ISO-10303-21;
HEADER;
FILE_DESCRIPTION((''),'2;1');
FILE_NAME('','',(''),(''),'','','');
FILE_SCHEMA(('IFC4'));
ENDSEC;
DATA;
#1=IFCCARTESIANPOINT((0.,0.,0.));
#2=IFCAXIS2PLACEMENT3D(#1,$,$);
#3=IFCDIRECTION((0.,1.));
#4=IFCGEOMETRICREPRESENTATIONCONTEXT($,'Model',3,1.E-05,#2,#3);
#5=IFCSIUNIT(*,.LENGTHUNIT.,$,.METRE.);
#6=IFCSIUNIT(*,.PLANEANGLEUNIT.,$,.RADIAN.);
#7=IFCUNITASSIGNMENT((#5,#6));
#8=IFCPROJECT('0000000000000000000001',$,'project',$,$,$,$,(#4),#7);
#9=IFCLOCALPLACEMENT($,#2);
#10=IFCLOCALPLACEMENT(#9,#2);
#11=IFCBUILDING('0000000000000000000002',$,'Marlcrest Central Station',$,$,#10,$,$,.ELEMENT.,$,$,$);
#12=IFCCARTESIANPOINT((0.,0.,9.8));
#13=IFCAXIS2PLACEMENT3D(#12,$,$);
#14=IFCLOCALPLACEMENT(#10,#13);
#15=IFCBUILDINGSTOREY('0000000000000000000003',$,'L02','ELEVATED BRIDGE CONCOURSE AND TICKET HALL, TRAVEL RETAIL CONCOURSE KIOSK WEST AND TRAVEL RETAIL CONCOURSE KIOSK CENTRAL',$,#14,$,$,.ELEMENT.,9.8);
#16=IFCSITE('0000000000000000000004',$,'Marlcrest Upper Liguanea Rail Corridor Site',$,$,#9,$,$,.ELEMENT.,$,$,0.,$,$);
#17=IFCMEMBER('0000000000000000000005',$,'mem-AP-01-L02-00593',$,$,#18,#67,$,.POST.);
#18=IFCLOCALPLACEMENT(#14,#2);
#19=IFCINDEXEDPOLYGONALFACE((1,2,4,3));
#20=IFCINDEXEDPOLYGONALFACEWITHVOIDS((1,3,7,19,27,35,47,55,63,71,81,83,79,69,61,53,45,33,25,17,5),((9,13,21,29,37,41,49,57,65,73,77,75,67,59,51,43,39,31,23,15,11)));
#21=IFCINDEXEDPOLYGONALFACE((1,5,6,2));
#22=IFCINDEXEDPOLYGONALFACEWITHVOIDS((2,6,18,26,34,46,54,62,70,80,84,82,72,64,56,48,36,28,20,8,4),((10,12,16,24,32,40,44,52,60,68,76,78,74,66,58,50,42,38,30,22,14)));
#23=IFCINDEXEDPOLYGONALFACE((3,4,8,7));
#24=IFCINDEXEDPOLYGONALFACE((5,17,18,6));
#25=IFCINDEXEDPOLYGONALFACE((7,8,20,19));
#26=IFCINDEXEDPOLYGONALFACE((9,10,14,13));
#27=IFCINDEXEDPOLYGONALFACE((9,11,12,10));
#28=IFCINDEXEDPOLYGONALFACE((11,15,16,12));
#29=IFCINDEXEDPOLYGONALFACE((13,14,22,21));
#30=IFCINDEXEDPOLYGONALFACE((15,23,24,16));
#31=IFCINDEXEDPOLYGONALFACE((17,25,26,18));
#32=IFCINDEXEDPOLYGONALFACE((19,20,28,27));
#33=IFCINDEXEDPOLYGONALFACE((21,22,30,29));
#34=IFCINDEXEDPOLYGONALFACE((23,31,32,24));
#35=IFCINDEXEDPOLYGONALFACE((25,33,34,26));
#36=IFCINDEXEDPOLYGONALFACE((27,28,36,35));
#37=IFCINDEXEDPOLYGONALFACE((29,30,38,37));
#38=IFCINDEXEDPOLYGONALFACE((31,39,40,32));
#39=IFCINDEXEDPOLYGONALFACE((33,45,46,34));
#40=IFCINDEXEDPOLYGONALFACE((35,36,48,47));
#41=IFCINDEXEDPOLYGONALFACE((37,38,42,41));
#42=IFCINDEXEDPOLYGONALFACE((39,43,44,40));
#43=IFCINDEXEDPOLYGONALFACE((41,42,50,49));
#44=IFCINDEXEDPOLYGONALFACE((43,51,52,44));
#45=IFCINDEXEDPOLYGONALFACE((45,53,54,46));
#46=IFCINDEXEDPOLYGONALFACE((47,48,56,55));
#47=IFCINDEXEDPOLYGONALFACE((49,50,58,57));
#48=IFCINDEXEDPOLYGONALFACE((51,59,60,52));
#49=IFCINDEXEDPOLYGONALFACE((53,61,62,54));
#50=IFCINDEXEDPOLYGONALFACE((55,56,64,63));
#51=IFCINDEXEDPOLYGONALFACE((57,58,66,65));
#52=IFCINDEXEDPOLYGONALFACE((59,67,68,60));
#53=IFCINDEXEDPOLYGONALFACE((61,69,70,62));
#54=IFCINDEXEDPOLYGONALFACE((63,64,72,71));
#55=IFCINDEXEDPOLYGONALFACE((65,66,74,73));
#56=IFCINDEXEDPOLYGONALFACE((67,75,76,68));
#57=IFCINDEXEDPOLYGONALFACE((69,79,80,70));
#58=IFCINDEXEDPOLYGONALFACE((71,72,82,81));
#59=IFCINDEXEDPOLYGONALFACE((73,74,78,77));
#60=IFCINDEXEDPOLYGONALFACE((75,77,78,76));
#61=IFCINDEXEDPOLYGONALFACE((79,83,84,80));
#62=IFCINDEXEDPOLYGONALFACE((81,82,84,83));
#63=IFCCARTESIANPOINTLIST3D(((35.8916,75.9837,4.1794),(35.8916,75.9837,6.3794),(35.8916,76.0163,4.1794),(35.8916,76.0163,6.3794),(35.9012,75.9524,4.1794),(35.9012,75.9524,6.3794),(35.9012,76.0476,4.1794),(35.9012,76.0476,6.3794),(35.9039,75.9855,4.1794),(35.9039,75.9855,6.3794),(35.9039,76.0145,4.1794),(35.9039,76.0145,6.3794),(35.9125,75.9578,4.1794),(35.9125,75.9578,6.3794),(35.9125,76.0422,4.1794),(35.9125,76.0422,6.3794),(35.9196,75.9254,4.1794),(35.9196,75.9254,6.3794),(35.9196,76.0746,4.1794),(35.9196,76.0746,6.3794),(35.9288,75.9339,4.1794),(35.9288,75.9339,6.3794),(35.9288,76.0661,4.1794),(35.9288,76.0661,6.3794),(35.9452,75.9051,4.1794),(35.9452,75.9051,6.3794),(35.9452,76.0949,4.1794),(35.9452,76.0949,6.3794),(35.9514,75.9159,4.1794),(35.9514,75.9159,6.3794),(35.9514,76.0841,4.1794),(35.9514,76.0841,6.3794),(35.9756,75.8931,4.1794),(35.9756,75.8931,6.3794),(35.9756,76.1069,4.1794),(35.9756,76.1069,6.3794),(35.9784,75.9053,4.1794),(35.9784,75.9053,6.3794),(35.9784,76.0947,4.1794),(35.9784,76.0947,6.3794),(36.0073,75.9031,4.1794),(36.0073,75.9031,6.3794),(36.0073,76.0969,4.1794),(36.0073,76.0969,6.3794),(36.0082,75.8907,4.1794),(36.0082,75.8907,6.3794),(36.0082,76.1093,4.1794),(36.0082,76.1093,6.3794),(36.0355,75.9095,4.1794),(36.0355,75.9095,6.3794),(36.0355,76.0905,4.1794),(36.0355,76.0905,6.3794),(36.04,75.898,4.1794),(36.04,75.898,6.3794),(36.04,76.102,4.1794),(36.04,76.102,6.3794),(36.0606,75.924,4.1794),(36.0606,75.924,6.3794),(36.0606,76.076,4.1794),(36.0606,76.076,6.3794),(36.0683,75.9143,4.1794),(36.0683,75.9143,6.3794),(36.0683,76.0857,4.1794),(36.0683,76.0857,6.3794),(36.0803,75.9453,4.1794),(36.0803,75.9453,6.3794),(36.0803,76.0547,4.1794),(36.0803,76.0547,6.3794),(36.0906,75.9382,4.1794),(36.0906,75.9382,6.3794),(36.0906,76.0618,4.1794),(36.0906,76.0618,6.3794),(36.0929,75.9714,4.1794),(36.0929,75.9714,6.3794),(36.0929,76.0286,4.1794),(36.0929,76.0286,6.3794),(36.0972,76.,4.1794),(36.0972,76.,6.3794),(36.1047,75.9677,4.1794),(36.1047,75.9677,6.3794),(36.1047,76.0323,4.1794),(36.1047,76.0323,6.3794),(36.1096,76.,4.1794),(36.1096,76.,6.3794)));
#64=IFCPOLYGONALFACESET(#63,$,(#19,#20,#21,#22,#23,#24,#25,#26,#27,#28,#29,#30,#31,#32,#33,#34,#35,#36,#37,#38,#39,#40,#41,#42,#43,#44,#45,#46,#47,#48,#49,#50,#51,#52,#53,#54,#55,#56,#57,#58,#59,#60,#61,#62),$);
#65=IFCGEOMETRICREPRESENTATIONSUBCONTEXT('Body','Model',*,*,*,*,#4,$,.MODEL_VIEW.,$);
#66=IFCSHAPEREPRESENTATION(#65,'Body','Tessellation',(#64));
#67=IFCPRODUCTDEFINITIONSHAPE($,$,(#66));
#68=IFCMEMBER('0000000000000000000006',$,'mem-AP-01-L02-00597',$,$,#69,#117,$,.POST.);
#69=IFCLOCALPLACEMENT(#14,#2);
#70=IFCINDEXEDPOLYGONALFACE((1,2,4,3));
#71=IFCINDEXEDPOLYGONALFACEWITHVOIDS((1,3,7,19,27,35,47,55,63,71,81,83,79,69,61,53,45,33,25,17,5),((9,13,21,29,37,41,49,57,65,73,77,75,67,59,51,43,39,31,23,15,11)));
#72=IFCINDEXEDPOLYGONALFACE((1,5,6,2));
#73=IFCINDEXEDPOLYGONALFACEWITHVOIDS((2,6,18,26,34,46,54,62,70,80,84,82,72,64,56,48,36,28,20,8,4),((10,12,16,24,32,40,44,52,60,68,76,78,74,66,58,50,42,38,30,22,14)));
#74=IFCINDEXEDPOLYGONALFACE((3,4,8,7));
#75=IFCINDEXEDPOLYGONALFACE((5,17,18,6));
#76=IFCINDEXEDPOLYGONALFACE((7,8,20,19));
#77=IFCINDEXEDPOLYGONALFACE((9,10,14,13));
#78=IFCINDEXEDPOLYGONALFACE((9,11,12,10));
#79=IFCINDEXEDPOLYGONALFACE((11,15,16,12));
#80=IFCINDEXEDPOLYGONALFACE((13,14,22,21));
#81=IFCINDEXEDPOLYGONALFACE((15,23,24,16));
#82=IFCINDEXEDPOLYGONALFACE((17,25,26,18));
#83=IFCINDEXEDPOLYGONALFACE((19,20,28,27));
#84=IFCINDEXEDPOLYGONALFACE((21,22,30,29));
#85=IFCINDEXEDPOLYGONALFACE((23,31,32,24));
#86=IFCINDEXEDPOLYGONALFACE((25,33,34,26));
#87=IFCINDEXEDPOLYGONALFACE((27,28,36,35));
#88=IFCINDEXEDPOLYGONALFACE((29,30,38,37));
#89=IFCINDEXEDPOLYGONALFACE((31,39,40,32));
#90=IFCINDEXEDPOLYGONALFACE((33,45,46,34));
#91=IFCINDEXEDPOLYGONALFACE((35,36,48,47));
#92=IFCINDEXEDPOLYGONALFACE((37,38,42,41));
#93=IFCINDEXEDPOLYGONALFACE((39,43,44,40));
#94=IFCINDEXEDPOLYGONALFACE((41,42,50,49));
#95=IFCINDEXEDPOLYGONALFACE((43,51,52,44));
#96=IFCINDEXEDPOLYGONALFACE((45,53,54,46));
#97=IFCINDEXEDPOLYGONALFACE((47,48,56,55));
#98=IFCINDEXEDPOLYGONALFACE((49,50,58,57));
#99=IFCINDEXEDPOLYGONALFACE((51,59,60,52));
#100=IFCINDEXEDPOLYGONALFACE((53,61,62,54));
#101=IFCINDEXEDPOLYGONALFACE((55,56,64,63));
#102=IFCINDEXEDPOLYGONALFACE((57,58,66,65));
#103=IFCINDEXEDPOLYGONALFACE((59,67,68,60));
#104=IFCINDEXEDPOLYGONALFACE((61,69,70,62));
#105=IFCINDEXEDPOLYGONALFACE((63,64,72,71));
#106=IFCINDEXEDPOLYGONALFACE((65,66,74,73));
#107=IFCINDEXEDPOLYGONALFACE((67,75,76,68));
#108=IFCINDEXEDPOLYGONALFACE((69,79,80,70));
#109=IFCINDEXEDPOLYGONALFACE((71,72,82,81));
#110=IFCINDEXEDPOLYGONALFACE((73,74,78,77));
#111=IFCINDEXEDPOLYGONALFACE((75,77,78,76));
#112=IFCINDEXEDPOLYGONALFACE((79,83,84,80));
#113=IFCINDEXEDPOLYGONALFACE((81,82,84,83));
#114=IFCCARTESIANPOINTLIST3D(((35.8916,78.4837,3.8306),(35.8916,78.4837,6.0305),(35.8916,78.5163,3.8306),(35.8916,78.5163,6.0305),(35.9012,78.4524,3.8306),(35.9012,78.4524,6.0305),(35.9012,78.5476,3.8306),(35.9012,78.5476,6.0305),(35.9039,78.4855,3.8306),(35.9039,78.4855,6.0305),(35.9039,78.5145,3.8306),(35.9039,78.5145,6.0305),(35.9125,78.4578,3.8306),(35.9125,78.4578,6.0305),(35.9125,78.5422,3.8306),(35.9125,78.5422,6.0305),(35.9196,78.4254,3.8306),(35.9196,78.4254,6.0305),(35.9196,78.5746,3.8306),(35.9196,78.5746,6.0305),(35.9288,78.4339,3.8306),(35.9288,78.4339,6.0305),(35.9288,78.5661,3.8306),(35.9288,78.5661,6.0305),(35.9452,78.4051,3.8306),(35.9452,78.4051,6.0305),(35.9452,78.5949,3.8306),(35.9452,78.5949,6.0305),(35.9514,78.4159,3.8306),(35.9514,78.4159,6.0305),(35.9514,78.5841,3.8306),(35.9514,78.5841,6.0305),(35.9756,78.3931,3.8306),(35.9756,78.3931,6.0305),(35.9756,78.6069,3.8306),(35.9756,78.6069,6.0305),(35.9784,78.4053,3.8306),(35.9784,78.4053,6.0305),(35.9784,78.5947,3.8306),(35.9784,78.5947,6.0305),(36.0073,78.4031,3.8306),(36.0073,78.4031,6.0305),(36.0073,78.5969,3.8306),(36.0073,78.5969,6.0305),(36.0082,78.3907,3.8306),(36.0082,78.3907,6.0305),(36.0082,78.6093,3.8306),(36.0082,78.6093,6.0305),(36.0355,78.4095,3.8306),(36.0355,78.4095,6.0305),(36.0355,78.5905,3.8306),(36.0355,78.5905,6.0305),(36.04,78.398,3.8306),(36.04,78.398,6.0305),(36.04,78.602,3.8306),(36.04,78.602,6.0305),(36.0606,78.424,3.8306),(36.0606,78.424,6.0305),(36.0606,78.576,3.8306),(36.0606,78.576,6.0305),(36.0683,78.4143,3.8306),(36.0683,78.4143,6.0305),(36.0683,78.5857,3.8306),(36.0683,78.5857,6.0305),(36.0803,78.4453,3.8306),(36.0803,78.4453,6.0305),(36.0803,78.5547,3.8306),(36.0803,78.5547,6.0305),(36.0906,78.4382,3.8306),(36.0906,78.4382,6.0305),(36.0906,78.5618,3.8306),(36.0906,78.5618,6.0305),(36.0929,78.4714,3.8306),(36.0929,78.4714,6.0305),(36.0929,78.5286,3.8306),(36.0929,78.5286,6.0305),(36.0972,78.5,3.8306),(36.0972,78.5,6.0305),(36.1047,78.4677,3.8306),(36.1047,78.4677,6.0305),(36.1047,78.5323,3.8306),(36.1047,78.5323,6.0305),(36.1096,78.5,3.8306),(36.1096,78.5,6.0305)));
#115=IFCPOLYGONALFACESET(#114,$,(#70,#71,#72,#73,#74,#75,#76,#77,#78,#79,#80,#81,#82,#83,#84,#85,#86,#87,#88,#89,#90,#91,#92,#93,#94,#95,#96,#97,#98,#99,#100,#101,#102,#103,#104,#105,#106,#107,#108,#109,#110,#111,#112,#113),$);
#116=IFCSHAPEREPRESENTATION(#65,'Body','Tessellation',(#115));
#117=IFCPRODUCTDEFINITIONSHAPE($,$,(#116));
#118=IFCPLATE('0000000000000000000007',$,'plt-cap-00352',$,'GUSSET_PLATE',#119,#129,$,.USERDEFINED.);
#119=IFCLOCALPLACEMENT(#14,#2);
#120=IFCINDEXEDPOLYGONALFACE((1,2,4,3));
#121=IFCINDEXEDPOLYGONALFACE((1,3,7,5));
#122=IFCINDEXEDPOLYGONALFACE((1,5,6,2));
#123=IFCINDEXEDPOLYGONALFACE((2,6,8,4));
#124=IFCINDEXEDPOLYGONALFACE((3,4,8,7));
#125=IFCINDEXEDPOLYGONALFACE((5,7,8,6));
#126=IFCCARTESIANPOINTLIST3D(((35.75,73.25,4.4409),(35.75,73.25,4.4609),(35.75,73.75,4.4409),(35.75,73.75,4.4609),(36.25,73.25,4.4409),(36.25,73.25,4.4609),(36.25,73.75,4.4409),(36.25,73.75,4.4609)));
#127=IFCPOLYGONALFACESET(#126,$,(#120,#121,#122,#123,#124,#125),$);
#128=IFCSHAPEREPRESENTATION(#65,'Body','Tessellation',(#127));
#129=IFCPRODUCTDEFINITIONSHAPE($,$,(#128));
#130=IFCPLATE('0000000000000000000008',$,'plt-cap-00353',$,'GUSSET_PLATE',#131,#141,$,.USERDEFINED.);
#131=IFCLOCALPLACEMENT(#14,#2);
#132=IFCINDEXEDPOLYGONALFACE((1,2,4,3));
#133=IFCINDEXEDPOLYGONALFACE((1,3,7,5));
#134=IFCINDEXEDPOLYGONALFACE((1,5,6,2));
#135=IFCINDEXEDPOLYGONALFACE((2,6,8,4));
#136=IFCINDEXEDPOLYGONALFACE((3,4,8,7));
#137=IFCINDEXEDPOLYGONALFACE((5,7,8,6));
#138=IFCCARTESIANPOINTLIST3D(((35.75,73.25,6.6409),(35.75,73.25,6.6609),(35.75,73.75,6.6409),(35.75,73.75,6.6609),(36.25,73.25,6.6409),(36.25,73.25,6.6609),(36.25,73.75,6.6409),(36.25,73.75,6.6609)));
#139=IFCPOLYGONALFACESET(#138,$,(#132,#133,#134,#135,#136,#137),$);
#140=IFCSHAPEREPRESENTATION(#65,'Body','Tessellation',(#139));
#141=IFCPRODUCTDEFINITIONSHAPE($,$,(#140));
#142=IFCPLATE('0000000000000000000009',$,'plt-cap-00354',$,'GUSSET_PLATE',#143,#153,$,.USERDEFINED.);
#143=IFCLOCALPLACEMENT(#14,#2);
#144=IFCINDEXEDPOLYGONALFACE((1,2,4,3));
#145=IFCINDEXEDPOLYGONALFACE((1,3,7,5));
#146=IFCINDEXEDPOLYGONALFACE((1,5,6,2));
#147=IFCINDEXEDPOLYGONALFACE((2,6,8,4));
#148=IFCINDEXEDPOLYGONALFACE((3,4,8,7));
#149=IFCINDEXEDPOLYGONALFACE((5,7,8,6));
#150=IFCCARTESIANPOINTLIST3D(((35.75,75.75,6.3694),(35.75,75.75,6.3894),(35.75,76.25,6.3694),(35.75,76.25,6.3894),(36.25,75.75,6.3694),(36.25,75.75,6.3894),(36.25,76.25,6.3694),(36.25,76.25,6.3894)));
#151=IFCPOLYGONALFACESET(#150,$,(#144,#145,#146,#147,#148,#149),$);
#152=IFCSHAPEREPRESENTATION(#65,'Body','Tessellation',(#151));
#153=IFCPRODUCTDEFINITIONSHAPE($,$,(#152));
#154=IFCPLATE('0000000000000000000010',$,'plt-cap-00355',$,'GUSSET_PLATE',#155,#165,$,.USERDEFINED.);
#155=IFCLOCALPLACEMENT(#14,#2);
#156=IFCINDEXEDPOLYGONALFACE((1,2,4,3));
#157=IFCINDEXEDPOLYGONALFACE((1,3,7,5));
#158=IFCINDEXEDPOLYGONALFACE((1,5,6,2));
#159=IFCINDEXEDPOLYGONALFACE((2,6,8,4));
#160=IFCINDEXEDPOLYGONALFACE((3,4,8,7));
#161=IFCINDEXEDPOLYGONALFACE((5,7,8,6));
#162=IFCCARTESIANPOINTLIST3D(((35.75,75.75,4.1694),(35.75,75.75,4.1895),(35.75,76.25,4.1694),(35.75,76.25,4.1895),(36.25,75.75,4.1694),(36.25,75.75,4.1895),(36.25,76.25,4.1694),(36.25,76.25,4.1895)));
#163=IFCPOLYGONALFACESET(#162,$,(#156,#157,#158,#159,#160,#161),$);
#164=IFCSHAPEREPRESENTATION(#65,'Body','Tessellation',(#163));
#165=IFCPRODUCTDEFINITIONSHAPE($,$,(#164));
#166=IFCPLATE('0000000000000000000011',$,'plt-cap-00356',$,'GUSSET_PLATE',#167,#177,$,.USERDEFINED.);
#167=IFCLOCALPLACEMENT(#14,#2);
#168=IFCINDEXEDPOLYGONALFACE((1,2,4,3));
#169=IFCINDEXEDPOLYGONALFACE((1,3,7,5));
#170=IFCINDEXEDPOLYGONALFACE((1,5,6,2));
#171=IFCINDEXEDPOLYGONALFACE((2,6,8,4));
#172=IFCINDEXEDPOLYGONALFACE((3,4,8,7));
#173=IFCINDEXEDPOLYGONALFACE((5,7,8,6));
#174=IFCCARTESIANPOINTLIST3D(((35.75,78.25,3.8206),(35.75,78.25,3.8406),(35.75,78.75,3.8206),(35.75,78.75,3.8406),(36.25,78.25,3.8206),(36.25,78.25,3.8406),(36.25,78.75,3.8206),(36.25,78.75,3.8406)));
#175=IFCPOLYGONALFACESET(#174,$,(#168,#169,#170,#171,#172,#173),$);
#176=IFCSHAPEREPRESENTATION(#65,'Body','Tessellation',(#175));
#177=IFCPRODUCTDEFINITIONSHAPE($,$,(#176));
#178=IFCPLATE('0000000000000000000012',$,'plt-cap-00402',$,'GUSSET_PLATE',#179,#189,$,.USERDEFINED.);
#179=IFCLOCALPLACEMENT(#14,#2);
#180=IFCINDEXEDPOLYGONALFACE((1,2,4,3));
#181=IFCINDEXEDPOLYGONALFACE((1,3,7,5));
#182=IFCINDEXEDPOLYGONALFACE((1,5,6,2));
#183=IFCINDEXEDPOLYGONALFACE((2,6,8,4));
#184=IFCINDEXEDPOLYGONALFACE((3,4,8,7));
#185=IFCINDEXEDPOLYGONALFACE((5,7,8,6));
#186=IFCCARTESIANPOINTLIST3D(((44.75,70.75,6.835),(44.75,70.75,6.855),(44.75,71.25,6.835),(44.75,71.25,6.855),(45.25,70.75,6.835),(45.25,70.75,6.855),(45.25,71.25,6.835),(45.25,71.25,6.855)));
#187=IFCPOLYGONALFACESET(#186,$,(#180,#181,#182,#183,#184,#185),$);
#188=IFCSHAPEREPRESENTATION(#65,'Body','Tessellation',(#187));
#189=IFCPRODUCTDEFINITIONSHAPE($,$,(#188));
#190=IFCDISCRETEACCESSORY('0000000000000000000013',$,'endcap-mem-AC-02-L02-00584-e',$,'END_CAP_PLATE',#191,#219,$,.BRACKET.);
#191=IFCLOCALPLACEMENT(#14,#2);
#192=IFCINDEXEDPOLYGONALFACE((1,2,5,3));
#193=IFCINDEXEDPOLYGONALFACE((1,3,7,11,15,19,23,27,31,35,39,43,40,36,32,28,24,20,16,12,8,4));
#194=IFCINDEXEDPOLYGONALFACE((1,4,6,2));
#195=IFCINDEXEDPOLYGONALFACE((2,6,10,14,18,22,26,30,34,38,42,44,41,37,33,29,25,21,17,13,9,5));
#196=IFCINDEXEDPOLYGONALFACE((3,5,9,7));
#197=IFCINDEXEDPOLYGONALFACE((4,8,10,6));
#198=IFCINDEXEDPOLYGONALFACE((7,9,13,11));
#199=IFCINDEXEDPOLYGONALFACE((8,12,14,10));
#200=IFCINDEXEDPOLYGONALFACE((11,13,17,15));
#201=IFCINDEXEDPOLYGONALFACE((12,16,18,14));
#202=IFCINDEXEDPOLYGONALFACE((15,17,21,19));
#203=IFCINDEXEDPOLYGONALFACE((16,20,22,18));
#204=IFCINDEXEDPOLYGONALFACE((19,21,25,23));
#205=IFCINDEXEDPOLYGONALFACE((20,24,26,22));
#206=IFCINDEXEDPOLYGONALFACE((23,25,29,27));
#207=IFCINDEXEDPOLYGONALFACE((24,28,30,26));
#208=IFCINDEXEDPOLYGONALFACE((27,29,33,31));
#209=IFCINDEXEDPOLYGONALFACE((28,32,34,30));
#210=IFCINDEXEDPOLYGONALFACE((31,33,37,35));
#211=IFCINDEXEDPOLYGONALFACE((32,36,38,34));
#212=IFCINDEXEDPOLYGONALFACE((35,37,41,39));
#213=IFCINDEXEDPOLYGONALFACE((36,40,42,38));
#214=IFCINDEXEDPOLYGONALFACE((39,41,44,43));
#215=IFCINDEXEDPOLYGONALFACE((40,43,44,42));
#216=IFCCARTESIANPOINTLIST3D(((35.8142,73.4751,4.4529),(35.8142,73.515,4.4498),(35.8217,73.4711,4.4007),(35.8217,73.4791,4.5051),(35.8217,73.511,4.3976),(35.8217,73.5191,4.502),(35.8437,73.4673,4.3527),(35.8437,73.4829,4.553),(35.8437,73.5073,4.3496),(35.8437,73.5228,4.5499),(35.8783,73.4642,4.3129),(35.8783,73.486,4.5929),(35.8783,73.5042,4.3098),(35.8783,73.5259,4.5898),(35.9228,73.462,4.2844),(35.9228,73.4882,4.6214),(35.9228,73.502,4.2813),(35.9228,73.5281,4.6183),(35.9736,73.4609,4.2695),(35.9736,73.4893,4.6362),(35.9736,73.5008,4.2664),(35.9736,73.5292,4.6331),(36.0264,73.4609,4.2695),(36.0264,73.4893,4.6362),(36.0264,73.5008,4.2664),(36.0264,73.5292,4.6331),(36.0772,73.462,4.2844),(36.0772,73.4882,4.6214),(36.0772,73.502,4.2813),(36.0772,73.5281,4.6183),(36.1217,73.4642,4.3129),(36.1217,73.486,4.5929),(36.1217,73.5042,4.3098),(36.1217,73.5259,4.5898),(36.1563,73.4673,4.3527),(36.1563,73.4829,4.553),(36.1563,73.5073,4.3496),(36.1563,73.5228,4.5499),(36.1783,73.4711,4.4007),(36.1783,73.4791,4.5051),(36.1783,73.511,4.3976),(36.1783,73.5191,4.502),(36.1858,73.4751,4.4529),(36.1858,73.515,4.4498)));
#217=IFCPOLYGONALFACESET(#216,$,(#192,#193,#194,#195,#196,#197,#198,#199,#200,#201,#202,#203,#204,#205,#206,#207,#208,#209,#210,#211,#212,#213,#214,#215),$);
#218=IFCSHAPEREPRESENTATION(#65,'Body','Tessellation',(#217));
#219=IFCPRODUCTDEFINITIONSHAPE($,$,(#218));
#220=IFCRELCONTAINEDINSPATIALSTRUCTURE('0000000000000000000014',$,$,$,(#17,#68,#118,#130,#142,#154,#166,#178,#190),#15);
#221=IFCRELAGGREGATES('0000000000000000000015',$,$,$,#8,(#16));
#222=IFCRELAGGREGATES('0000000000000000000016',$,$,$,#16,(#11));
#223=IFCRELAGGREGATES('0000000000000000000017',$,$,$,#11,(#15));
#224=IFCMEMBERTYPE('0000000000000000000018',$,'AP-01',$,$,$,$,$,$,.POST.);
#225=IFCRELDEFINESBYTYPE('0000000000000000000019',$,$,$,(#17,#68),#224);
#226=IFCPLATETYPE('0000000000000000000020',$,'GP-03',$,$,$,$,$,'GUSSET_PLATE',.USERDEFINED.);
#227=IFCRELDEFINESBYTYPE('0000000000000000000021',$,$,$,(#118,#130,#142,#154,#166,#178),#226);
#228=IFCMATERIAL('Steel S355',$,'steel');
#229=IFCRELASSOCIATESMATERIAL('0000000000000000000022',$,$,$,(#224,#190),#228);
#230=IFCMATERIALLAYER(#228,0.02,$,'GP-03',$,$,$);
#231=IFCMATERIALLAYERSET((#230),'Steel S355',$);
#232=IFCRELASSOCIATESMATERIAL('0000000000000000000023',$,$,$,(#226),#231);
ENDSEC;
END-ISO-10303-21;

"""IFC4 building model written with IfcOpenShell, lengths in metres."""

from ifc_helpers import new_model, si_unit, direction, frame, origin, origin_2d, place, context, subcontext, project, spatial, rectangle, circle, hollow_circle, extrude, material, layer, layer_set, material_profile, profile_set, type_object, element, save


model = new_model("IFC4")

# Units and contexts
model_context = context("Model", 3, precision=1e-05, world=origin(), true_north=direction((0.0, 1.0)))
body_context = subcontext(model_context, "Body", "Model", "MODEL_VIEW")
ifc_project = project(units=[si_unit("LENGTHUNIT", "METRE"), si_unit("PLANEANGLEUNIT", "RADIAN")], contexts=[model_context])

# Site, building, storey
site_placement = place(None, origin())
site = spatial("IfcSite", under=ifc_project, at=site_placement, Name="Marlcrest Upper Liguanea Rail Corridor Site", CompositionType="ELEMENT", RefElevation=0.0)
building_placement = place(site_placement, origin())
building = spatial("IfcBuilding", under=site, at=building_placement, Name="Marlcrest Central Station", CompositionType="ELEMENT")
storey_placement = place(building_placement, frame((0.0, 0.0, 9.8)))
storey = spatial("IfcBuildingStorey", under=building, at=storey_placement, Name="L02", Description="ELEVATED BRIDGE CONCOURSE AND TICKET HALL, TRAVEL RETAIL CONCOURSE KIOSK WEST AND TRAVEL RETAIL CONCOURSE KIOSK CENTRAL", CompositionType="ELEMENT", Elevation=9.8)

# Members
ifc_material = material(Name="Steel S355", Category="steel")
ifc_material_profile_1 = material_profile(ifc_material, hollow_circle(Radius=0.1096, WallThickness=0.0125, at=origin_2d()), Name="CHS 219.1x12.5")
ifc_profile_set_1 = profile_set([ifc_material_profile_1], Name="Steel S355")
member_type_1 = type_object("IfcMemberType", Name="AP-01", PredefinedType="POST", material=ifc_profile_set_1)
for number, where, z_axis, x_axis, name in (
    (1, (36.0, 76.0, 4.1794), (0.0, 0.0, 1.0), (1.0, 0.0, 0.0), "mem-AP-01-L02-00593"),
    (2, (36.0, 78.5, 3.8306), (0.0, 0.0, 1.0), (1.0, 0.0, 0.0), "mem-AP-01-L02-00597"),
):
    element("IfcMember", number, at=place(storey_placement, frame(where, z_axis=z_axis, x_axis=x_axis)), inside=storey, type_object=member_type_1, Name=name, PredefinedType="POST", context=body_context, shape_type="SweptSolid", body=[
        extrude(hollow_circle(Radius=0.1096, WallThickness=0.0125, at=origin_2d()), origin(), (0.0, 0.0, 1.0), 2.2),
    ])

# Plates
ifc_layer = layer(ifc_material, 0.02, Name="GP-03")
ifc_layer_set = layer_set([ifc_layer], Name="Steel S355")
plate_type = type_object("IfcPlateType", Name="GP-03", ElementType="GUSSET_PLATE", PredefinedType="USERDEFINED", material=ifc_layer_set)
for number, where, z_axis, x_axis, name in (
    (3, (36.0, 73.5, 4.4409), (0.0, 0.0, 1.0), (1.0, 0.0, 0.0), "plt-cap-00352"),
    (4, (36.0, 73.5, 6.6409), (0.0, 0.0, 1.0), (1.0, 0.0, 0.0), "plt-cap-00353"),
    (5, (36.0, 76.0, 6.3694), (0.0, 0.0, 1.0), (1.0, 0.0, 0.0), "plt-cap-00354"),
    (6, (36.0, 76.0, 4.1694), (0.0, 0.0, 1.0), (1.0, 0.0, 0.0), "plt-cap-00355"),
    (7, (36.0, 78.5, 3.8206), (0.0, 0.0, 1.0), (1.0, 0.0, 0.0), "plt-cap-00356"),
    (8, (45.0, 71.0, 6.835), (0.0, 0.0, 1.0), (1.0, 0.0, 0.0), "plt-cap-00402"),
):
    element("IfcPlate", number, at=place(storey_placement, frame(where, z_axis=z_axis, x_axis=x_axis)), inside=storey, type_object=plate_type, Name=name, ObjectType="GUSSET_PLATE", PredefinedType="USERDEFINED", context=body_context, shape_type="SweptSolid", body=[
        extrude(rectangle(XDim=0.5, YDim=0.5, at=origin_2d()), origin(), (0.0, 0.0, 1.0), 0.02),
    ])

# Discrete accessory
discrete_accessory_1_placement = place(storey_placement, frame((36.0, 73.4751, 4.4529), z_axis=(0.0, 0.997007, -0.077307), x_axis=(-1.0, 0.0, 0.0)))
element("IfcDiscreteAccessory", 9, at=discrete_accessory_1_placement, inside=storey, material=ifc_material, Name="endcap-mem-AC-02-L02-00584-e", ObjectType="END_CAP_PLATE", PredefinedType="BRACKET", context=body_context, shape_type="SweptSolid", body=[
    extrude(circle(Radius=0.1858, at=origin_2d()), origin(), (0.0, 0.0, 1.0), 0.04),
])

save(model, "model.ifc")
